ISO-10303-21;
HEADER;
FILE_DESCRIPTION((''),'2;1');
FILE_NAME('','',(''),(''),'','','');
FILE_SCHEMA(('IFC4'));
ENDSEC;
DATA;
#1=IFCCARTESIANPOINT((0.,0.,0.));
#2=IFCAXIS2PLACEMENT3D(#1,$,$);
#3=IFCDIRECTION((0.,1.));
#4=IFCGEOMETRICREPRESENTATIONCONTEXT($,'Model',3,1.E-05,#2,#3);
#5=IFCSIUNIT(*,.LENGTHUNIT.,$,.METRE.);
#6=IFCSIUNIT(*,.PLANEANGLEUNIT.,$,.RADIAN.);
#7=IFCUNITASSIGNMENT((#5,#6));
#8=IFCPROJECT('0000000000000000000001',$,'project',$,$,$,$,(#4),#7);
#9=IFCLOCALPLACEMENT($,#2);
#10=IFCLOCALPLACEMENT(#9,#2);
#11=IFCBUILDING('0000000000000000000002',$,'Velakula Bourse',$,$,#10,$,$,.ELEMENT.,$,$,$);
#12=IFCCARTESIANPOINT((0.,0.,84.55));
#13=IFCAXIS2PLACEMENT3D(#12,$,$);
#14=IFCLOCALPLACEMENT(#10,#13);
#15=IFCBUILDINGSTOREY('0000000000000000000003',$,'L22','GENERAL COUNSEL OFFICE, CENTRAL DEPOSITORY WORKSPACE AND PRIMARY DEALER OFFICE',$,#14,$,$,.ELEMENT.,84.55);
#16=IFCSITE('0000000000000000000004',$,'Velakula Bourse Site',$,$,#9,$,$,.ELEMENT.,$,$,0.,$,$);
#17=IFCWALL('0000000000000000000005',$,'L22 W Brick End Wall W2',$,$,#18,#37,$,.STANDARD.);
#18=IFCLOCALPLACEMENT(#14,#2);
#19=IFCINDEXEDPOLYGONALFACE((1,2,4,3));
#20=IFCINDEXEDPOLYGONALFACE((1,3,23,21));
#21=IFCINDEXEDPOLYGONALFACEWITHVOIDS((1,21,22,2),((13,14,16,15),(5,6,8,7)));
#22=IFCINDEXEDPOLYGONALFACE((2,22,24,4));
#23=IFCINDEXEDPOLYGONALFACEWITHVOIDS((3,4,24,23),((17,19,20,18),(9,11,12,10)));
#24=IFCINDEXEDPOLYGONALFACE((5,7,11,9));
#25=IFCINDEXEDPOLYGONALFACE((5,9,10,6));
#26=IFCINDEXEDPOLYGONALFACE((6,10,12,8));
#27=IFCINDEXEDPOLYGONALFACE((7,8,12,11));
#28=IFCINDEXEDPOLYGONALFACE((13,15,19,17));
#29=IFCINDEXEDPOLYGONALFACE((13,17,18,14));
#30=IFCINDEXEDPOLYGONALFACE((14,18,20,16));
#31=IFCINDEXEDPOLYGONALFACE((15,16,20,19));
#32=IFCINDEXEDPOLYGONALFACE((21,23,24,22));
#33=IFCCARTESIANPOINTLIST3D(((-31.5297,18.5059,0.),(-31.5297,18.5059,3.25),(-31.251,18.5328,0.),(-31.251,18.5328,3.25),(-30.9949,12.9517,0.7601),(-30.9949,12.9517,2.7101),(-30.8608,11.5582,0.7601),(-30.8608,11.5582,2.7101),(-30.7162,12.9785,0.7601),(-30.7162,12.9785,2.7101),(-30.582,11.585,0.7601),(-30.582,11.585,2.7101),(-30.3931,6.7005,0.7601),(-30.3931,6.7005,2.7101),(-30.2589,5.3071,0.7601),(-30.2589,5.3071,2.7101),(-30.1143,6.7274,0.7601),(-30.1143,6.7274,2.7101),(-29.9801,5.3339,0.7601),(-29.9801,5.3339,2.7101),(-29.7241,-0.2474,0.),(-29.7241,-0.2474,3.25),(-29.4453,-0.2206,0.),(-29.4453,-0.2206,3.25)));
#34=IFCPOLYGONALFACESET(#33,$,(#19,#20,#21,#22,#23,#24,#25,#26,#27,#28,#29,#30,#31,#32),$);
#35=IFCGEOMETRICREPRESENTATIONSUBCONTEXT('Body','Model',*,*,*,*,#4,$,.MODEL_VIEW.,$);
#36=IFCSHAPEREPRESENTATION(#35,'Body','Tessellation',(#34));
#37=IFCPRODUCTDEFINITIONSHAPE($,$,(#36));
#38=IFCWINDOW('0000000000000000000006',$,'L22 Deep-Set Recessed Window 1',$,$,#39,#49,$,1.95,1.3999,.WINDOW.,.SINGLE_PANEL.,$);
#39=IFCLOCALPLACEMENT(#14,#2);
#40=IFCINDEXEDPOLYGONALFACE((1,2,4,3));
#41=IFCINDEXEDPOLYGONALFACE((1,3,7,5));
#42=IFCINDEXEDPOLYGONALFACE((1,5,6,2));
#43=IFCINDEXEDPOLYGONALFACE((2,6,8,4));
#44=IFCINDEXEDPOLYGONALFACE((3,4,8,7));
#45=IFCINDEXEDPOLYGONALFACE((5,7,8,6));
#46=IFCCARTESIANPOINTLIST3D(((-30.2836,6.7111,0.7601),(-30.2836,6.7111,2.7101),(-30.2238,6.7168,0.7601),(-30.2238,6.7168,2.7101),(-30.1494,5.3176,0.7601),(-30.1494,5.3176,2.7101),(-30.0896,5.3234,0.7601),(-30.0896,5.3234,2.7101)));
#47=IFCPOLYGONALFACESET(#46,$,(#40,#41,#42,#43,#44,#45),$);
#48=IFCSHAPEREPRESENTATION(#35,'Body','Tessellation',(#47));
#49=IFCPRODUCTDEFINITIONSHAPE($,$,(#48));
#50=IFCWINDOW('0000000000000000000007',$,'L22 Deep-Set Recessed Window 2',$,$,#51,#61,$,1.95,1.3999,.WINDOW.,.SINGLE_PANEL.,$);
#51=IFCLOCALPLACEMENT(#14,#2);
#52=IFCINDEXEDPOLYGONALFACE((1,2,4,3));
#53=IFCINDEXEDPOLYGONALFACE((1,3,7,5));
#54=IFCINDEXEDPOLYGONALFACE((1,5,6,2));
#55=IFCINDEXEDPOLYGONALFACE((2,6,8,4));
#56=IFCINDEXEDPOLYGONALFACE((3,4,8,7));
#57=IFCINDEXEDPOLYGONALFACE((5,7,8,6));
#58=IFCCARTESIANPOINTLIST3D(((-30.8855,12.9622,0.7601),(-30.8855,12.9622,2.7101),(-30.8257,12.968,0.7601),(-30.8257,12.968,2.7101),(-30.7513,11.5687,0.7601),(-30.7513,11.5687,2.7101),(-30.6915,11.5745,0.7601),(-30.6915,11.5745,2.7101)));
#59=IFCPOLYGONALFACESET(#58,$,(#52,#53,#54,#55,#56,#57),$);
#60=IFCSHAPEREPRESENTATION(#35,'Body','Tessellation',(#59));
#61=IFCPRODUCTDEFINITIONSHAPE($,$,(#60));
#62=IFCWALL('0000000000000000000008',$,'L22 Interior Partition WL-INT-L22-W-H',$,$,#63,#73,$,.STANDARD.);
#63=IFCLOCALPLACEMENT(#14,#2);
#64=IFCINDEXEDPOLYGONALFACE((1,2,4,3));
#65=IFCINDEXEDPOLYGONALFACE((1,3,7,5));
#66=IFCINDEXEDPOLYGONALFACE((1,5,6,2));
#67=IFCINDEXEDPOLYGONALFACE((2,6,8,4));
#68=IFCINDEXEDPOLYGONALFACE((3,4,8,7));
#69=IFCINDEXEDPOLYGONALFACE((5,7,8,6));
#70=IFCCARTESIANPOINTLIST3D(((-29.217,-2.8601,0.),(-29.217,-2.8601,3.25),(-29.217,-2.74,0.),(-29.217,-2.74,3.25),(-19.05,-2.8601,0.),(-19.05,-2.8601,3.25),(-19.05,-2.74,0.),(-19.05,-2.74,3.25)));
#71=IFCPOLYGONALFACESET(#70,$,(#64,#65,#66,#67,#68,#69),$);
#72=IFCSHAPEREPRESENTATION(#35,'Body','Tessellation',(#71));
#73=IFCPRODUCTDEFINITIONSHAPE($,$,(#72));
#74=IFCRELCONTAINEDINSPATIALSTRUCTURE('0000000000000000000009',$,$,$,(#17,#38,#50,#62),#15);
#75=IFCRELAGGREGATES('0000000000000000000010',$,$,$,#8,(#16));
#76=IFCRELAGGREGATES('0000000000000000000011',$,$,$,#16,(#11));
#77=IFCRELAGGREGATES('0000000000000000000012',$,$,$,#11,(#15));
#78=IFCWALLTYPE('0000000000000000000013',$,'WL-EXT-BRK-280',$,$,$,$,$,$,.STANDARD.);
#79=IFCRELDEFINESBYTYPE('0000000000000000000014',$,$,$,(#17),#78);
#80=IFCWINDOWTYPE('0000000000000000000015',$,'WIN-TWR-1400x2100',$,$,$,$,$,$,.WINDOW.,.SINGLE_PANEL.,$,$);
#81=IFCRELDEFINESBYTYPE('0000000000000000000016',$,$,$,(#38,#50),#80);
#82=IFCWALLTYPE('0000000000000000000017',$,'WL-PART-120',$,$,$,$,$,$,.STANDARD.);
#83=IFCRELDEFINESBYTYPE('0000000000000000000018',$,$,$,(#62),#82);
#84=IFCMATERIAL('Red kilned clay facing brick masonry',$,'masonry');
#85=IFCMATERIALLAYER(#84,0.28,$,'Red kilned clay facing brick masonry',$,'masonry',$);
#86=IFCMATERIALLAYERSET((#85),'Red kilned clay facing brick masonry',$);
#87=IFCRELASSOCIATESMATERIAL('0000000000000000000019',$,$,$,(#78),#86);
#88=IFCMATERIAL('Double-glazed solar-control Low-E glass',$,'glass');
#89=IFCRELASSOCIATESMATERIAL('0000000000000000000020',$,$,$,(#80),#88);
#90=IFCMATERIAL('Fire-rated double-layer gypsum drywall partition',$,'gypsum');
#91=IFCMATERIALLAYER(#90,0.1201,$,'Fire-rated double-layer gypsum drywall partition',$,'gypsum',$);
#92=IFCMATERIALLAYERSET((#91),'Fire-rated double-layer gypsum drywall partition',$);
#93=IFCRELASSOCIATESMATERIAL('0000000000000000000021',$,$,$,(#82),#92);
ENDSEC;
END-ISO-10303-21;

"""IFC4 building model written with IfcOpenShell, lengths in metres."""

from ifc_helpers import new_model, si_unit, direction, frame, frame_2d, origin, place, context, subcontext, project, spatial, rectangle, extrude, material, layer, layer_set, type_object, element, fill, save


model = new_model("IFC4")

# Units and contexts
model_context = context("Model", 3, precision=1e-05, world=origin(), true_north=direction((0.0, 1.0)))
body_context = subcontext(model_context, "Body", "Model", "MODEL_VIEW")
ifc_project = project(units=[si_unit("LENGTHUNIT", "METRE"), si_unit("PLANEANGLEUNIT", "RADIAN")], contexts=[model_context])

# Site, building, storey
site_placement = place(None, origin())
site = spatial("IfcSite", under=ifc_project, at=site_placement, Name="Velakula Bourse Site", CompositionType="ELEMENT", RefElevation=0.0)
building_placement = place(site_placement, origin())
building = spatial("IfcBuilding", under=site, at=building_placement, Name="Velakula Bourse", CompositionType="ELEMENT")
storey_placement = place(building_placement, frame((0.0, 0.0, 84.55)))
storey = spatial("IfcBuildingStorey", under=building, at=storey_placement, Name="L22", Description="GENERAL COUNSEL OFFICE, CENTRAL DEPOSITORY WORKSPACE AND PRIMARY DEALER OFFICE", CompositionType="ELEMENT", Elevation=84.55)

# Wall, openings, windows
ifc_material_1 = material(Name="Red kilned clay facing brick masonry", Category="masonry")
ifc_layer_1 = layer(ifc_material_1, 0.28, Name="Red kilned clay facing brick masonry", Category="masonry")
ifc_layer_set_1 = layer_set([ifc_layer_1], Name="Red kilned clay facing brick masonry")
wall_type_1 = type_object("IfcWallType", Name="WL-EXT-BRK-280", PredefinedType="STANDARD", material=ifc_layer_set_1)
wall_1_placement = place(storey_placement, frame((-29.5847, -0.2339, 0.0), z_axis=(0.0, 0.0, 1.0), x_axis=(-0.095841, 0.995397, 0.0)))
wall_1 = element("IfcWall", 1, at=wall_1_placement, inside=storey, type_object=wall_type_1, Name="L22 W Brick End Wall W2", PredefinedType="STANDARD", context=body_context, shape_type="SweptSolid", body=[
    extrude(rectangle(XDim=18.8401, YDim=0.28, at=frame_2d((9.4199, 0.0))), origin(), (0.0, 0.0, 1.0), 3.25),
])
opening_1_placement = place(wall_1_placement, frame((5.5801, 0.0, 0.76)))
opening_1 = element("IfcOpeningElement", 2, at=opening_1_placement, cuts=wall_1, PredefinedType="OPENING", context=body_context, shape_type="SweptSolid", body=[
    extrude(rectangle(XDim=1.3999, YDim=1.95, at=frame_2d((0.7, 0.9751))), frame((0.0, 0.1499, 0.0), z_axis=(0.0, -1.0, 0.0), x_axis=(1.0, 0.0, 0.0)), (0.0, 0.0, 1.0), 0.3),
])
opening_2_placement = place(wall_1_placement, frame((11.8601, 0.0, 0.76)))
opening_2 = element("IfcOpeningElement", 3, at=opening_2_placement, cuts=wall_1, PredefinedType="OPENING", context=body_context, shape_type="SweptSolid", body=[
    extrude(rectangle(XDim=1.3999, YDim=1.95, at=frame_2d((0.7, 0.9751))), frame((0.0, 0.1499, 0.0), z_axis=(0.0, -1.0, 0.0), x_axis=(1.0, 0.0, 0.0)), (0.0, 0.0, 1.0), 0.3),
])
ifc_material_2 = material(Name="Double-glazed solar-control Low-E glass", Category="glass")
window_type = type_object("IfcWindowType", Name="WIN-TWR-1400x2100", PartitioningType="SINGLE_PANEL", PredefinedType="WINDOW", material=ifc_material_2)
window_1_placement = place(opening_1_placement, origin())
window_1 = element("IfcWindow", 4, at=window_1_placement, inside=storey, type_object=window_type, Name="L22 Deep-Set Recessed Window 1", OverallHeight=1.95, OverallWidth=1.3999, PartitioningType="SINGLE_PANEL", PredefinedType="WINDOW", context=body_context, shape_type="SweptSolid", body=[
    extrude(rectangle(XDim=1.3999, YDim=1.95, at=frame_2d((0.7, 0.9751))), frame((0.0, 0.03, 0.0), z_axis=(0.0, -1.0, 0.0), x_axis=(1.0, 0.0, 0.0)), (0.0, 0.0, 1.0), 0.0601),
])
fill(opening_1, window_1)
window_2_placement = place(opening_2_placement, origin())
window_2 = element("IfcWindow", 5, at=window_2_placement, inside=storey, type_object=window_type, Name="L22 Deep-Set Recessed Window 2", OverallHeight=1.95, OverallWidth=1.3999, PartitioningType="SINGLE_PANEL", PredefinedType="WINDOW", context=body_context, shape_type="SweptSolid", body=[
    extrude(rectangle(XDim=1.3999, YDim=1.95, at=frame_2d((0.7, 0.9751))), frame((0.0, 0.03, 0.0), z_axis=(0.0, -1.0, 0.0), x_axis=(1.0, 0.0, 0.0)), (0.0, 0.0, 1.0), 0.0601),
])
fill(opening_2, window_2)

# Wall
ifc_material_3 = material(Name="Fire-rated double-layer gypsum drywall partition", Category="gypsum")
ifc_layer_2 = layer(ifc_material_3, 0.1201, Name="Fire-rated double-layer gypsum drywall partition", Category="gypsum")
ifc_layer_set_2 = layer_set([ifc_layer_2], Name="Fire-rated double-layer gypsum drywall partition")
wall_type_2 = type_object("IfcWallType", Name="WL-PART-120", PredefinedType="STANDARD", material=ifc_layer_set_2)
wall_2_placement = place(storey_placement, frame((-29.217, -2.8, 0.0), z_axis=(0.0, 0.0, 1.0), x_axis=(1.0, 0.0, 0.0)))
element("IfcWall", 6, at=wall_2_placement, inside=storey, type_object=wall_type_2, Name="L22 Interior Partition WL-INT-L22-W-H", PredefinedType="STANDARD", context=body_context, shape_type="SweptSolid", body=[
    extrude(rectangle(XDim=10.167, YDim=0.1201, at=frame_2d((5.0835, 0.0))), origin(), (0.0, 0.0, 1.0), 3.25),
])

save(model, "model.ifc")
